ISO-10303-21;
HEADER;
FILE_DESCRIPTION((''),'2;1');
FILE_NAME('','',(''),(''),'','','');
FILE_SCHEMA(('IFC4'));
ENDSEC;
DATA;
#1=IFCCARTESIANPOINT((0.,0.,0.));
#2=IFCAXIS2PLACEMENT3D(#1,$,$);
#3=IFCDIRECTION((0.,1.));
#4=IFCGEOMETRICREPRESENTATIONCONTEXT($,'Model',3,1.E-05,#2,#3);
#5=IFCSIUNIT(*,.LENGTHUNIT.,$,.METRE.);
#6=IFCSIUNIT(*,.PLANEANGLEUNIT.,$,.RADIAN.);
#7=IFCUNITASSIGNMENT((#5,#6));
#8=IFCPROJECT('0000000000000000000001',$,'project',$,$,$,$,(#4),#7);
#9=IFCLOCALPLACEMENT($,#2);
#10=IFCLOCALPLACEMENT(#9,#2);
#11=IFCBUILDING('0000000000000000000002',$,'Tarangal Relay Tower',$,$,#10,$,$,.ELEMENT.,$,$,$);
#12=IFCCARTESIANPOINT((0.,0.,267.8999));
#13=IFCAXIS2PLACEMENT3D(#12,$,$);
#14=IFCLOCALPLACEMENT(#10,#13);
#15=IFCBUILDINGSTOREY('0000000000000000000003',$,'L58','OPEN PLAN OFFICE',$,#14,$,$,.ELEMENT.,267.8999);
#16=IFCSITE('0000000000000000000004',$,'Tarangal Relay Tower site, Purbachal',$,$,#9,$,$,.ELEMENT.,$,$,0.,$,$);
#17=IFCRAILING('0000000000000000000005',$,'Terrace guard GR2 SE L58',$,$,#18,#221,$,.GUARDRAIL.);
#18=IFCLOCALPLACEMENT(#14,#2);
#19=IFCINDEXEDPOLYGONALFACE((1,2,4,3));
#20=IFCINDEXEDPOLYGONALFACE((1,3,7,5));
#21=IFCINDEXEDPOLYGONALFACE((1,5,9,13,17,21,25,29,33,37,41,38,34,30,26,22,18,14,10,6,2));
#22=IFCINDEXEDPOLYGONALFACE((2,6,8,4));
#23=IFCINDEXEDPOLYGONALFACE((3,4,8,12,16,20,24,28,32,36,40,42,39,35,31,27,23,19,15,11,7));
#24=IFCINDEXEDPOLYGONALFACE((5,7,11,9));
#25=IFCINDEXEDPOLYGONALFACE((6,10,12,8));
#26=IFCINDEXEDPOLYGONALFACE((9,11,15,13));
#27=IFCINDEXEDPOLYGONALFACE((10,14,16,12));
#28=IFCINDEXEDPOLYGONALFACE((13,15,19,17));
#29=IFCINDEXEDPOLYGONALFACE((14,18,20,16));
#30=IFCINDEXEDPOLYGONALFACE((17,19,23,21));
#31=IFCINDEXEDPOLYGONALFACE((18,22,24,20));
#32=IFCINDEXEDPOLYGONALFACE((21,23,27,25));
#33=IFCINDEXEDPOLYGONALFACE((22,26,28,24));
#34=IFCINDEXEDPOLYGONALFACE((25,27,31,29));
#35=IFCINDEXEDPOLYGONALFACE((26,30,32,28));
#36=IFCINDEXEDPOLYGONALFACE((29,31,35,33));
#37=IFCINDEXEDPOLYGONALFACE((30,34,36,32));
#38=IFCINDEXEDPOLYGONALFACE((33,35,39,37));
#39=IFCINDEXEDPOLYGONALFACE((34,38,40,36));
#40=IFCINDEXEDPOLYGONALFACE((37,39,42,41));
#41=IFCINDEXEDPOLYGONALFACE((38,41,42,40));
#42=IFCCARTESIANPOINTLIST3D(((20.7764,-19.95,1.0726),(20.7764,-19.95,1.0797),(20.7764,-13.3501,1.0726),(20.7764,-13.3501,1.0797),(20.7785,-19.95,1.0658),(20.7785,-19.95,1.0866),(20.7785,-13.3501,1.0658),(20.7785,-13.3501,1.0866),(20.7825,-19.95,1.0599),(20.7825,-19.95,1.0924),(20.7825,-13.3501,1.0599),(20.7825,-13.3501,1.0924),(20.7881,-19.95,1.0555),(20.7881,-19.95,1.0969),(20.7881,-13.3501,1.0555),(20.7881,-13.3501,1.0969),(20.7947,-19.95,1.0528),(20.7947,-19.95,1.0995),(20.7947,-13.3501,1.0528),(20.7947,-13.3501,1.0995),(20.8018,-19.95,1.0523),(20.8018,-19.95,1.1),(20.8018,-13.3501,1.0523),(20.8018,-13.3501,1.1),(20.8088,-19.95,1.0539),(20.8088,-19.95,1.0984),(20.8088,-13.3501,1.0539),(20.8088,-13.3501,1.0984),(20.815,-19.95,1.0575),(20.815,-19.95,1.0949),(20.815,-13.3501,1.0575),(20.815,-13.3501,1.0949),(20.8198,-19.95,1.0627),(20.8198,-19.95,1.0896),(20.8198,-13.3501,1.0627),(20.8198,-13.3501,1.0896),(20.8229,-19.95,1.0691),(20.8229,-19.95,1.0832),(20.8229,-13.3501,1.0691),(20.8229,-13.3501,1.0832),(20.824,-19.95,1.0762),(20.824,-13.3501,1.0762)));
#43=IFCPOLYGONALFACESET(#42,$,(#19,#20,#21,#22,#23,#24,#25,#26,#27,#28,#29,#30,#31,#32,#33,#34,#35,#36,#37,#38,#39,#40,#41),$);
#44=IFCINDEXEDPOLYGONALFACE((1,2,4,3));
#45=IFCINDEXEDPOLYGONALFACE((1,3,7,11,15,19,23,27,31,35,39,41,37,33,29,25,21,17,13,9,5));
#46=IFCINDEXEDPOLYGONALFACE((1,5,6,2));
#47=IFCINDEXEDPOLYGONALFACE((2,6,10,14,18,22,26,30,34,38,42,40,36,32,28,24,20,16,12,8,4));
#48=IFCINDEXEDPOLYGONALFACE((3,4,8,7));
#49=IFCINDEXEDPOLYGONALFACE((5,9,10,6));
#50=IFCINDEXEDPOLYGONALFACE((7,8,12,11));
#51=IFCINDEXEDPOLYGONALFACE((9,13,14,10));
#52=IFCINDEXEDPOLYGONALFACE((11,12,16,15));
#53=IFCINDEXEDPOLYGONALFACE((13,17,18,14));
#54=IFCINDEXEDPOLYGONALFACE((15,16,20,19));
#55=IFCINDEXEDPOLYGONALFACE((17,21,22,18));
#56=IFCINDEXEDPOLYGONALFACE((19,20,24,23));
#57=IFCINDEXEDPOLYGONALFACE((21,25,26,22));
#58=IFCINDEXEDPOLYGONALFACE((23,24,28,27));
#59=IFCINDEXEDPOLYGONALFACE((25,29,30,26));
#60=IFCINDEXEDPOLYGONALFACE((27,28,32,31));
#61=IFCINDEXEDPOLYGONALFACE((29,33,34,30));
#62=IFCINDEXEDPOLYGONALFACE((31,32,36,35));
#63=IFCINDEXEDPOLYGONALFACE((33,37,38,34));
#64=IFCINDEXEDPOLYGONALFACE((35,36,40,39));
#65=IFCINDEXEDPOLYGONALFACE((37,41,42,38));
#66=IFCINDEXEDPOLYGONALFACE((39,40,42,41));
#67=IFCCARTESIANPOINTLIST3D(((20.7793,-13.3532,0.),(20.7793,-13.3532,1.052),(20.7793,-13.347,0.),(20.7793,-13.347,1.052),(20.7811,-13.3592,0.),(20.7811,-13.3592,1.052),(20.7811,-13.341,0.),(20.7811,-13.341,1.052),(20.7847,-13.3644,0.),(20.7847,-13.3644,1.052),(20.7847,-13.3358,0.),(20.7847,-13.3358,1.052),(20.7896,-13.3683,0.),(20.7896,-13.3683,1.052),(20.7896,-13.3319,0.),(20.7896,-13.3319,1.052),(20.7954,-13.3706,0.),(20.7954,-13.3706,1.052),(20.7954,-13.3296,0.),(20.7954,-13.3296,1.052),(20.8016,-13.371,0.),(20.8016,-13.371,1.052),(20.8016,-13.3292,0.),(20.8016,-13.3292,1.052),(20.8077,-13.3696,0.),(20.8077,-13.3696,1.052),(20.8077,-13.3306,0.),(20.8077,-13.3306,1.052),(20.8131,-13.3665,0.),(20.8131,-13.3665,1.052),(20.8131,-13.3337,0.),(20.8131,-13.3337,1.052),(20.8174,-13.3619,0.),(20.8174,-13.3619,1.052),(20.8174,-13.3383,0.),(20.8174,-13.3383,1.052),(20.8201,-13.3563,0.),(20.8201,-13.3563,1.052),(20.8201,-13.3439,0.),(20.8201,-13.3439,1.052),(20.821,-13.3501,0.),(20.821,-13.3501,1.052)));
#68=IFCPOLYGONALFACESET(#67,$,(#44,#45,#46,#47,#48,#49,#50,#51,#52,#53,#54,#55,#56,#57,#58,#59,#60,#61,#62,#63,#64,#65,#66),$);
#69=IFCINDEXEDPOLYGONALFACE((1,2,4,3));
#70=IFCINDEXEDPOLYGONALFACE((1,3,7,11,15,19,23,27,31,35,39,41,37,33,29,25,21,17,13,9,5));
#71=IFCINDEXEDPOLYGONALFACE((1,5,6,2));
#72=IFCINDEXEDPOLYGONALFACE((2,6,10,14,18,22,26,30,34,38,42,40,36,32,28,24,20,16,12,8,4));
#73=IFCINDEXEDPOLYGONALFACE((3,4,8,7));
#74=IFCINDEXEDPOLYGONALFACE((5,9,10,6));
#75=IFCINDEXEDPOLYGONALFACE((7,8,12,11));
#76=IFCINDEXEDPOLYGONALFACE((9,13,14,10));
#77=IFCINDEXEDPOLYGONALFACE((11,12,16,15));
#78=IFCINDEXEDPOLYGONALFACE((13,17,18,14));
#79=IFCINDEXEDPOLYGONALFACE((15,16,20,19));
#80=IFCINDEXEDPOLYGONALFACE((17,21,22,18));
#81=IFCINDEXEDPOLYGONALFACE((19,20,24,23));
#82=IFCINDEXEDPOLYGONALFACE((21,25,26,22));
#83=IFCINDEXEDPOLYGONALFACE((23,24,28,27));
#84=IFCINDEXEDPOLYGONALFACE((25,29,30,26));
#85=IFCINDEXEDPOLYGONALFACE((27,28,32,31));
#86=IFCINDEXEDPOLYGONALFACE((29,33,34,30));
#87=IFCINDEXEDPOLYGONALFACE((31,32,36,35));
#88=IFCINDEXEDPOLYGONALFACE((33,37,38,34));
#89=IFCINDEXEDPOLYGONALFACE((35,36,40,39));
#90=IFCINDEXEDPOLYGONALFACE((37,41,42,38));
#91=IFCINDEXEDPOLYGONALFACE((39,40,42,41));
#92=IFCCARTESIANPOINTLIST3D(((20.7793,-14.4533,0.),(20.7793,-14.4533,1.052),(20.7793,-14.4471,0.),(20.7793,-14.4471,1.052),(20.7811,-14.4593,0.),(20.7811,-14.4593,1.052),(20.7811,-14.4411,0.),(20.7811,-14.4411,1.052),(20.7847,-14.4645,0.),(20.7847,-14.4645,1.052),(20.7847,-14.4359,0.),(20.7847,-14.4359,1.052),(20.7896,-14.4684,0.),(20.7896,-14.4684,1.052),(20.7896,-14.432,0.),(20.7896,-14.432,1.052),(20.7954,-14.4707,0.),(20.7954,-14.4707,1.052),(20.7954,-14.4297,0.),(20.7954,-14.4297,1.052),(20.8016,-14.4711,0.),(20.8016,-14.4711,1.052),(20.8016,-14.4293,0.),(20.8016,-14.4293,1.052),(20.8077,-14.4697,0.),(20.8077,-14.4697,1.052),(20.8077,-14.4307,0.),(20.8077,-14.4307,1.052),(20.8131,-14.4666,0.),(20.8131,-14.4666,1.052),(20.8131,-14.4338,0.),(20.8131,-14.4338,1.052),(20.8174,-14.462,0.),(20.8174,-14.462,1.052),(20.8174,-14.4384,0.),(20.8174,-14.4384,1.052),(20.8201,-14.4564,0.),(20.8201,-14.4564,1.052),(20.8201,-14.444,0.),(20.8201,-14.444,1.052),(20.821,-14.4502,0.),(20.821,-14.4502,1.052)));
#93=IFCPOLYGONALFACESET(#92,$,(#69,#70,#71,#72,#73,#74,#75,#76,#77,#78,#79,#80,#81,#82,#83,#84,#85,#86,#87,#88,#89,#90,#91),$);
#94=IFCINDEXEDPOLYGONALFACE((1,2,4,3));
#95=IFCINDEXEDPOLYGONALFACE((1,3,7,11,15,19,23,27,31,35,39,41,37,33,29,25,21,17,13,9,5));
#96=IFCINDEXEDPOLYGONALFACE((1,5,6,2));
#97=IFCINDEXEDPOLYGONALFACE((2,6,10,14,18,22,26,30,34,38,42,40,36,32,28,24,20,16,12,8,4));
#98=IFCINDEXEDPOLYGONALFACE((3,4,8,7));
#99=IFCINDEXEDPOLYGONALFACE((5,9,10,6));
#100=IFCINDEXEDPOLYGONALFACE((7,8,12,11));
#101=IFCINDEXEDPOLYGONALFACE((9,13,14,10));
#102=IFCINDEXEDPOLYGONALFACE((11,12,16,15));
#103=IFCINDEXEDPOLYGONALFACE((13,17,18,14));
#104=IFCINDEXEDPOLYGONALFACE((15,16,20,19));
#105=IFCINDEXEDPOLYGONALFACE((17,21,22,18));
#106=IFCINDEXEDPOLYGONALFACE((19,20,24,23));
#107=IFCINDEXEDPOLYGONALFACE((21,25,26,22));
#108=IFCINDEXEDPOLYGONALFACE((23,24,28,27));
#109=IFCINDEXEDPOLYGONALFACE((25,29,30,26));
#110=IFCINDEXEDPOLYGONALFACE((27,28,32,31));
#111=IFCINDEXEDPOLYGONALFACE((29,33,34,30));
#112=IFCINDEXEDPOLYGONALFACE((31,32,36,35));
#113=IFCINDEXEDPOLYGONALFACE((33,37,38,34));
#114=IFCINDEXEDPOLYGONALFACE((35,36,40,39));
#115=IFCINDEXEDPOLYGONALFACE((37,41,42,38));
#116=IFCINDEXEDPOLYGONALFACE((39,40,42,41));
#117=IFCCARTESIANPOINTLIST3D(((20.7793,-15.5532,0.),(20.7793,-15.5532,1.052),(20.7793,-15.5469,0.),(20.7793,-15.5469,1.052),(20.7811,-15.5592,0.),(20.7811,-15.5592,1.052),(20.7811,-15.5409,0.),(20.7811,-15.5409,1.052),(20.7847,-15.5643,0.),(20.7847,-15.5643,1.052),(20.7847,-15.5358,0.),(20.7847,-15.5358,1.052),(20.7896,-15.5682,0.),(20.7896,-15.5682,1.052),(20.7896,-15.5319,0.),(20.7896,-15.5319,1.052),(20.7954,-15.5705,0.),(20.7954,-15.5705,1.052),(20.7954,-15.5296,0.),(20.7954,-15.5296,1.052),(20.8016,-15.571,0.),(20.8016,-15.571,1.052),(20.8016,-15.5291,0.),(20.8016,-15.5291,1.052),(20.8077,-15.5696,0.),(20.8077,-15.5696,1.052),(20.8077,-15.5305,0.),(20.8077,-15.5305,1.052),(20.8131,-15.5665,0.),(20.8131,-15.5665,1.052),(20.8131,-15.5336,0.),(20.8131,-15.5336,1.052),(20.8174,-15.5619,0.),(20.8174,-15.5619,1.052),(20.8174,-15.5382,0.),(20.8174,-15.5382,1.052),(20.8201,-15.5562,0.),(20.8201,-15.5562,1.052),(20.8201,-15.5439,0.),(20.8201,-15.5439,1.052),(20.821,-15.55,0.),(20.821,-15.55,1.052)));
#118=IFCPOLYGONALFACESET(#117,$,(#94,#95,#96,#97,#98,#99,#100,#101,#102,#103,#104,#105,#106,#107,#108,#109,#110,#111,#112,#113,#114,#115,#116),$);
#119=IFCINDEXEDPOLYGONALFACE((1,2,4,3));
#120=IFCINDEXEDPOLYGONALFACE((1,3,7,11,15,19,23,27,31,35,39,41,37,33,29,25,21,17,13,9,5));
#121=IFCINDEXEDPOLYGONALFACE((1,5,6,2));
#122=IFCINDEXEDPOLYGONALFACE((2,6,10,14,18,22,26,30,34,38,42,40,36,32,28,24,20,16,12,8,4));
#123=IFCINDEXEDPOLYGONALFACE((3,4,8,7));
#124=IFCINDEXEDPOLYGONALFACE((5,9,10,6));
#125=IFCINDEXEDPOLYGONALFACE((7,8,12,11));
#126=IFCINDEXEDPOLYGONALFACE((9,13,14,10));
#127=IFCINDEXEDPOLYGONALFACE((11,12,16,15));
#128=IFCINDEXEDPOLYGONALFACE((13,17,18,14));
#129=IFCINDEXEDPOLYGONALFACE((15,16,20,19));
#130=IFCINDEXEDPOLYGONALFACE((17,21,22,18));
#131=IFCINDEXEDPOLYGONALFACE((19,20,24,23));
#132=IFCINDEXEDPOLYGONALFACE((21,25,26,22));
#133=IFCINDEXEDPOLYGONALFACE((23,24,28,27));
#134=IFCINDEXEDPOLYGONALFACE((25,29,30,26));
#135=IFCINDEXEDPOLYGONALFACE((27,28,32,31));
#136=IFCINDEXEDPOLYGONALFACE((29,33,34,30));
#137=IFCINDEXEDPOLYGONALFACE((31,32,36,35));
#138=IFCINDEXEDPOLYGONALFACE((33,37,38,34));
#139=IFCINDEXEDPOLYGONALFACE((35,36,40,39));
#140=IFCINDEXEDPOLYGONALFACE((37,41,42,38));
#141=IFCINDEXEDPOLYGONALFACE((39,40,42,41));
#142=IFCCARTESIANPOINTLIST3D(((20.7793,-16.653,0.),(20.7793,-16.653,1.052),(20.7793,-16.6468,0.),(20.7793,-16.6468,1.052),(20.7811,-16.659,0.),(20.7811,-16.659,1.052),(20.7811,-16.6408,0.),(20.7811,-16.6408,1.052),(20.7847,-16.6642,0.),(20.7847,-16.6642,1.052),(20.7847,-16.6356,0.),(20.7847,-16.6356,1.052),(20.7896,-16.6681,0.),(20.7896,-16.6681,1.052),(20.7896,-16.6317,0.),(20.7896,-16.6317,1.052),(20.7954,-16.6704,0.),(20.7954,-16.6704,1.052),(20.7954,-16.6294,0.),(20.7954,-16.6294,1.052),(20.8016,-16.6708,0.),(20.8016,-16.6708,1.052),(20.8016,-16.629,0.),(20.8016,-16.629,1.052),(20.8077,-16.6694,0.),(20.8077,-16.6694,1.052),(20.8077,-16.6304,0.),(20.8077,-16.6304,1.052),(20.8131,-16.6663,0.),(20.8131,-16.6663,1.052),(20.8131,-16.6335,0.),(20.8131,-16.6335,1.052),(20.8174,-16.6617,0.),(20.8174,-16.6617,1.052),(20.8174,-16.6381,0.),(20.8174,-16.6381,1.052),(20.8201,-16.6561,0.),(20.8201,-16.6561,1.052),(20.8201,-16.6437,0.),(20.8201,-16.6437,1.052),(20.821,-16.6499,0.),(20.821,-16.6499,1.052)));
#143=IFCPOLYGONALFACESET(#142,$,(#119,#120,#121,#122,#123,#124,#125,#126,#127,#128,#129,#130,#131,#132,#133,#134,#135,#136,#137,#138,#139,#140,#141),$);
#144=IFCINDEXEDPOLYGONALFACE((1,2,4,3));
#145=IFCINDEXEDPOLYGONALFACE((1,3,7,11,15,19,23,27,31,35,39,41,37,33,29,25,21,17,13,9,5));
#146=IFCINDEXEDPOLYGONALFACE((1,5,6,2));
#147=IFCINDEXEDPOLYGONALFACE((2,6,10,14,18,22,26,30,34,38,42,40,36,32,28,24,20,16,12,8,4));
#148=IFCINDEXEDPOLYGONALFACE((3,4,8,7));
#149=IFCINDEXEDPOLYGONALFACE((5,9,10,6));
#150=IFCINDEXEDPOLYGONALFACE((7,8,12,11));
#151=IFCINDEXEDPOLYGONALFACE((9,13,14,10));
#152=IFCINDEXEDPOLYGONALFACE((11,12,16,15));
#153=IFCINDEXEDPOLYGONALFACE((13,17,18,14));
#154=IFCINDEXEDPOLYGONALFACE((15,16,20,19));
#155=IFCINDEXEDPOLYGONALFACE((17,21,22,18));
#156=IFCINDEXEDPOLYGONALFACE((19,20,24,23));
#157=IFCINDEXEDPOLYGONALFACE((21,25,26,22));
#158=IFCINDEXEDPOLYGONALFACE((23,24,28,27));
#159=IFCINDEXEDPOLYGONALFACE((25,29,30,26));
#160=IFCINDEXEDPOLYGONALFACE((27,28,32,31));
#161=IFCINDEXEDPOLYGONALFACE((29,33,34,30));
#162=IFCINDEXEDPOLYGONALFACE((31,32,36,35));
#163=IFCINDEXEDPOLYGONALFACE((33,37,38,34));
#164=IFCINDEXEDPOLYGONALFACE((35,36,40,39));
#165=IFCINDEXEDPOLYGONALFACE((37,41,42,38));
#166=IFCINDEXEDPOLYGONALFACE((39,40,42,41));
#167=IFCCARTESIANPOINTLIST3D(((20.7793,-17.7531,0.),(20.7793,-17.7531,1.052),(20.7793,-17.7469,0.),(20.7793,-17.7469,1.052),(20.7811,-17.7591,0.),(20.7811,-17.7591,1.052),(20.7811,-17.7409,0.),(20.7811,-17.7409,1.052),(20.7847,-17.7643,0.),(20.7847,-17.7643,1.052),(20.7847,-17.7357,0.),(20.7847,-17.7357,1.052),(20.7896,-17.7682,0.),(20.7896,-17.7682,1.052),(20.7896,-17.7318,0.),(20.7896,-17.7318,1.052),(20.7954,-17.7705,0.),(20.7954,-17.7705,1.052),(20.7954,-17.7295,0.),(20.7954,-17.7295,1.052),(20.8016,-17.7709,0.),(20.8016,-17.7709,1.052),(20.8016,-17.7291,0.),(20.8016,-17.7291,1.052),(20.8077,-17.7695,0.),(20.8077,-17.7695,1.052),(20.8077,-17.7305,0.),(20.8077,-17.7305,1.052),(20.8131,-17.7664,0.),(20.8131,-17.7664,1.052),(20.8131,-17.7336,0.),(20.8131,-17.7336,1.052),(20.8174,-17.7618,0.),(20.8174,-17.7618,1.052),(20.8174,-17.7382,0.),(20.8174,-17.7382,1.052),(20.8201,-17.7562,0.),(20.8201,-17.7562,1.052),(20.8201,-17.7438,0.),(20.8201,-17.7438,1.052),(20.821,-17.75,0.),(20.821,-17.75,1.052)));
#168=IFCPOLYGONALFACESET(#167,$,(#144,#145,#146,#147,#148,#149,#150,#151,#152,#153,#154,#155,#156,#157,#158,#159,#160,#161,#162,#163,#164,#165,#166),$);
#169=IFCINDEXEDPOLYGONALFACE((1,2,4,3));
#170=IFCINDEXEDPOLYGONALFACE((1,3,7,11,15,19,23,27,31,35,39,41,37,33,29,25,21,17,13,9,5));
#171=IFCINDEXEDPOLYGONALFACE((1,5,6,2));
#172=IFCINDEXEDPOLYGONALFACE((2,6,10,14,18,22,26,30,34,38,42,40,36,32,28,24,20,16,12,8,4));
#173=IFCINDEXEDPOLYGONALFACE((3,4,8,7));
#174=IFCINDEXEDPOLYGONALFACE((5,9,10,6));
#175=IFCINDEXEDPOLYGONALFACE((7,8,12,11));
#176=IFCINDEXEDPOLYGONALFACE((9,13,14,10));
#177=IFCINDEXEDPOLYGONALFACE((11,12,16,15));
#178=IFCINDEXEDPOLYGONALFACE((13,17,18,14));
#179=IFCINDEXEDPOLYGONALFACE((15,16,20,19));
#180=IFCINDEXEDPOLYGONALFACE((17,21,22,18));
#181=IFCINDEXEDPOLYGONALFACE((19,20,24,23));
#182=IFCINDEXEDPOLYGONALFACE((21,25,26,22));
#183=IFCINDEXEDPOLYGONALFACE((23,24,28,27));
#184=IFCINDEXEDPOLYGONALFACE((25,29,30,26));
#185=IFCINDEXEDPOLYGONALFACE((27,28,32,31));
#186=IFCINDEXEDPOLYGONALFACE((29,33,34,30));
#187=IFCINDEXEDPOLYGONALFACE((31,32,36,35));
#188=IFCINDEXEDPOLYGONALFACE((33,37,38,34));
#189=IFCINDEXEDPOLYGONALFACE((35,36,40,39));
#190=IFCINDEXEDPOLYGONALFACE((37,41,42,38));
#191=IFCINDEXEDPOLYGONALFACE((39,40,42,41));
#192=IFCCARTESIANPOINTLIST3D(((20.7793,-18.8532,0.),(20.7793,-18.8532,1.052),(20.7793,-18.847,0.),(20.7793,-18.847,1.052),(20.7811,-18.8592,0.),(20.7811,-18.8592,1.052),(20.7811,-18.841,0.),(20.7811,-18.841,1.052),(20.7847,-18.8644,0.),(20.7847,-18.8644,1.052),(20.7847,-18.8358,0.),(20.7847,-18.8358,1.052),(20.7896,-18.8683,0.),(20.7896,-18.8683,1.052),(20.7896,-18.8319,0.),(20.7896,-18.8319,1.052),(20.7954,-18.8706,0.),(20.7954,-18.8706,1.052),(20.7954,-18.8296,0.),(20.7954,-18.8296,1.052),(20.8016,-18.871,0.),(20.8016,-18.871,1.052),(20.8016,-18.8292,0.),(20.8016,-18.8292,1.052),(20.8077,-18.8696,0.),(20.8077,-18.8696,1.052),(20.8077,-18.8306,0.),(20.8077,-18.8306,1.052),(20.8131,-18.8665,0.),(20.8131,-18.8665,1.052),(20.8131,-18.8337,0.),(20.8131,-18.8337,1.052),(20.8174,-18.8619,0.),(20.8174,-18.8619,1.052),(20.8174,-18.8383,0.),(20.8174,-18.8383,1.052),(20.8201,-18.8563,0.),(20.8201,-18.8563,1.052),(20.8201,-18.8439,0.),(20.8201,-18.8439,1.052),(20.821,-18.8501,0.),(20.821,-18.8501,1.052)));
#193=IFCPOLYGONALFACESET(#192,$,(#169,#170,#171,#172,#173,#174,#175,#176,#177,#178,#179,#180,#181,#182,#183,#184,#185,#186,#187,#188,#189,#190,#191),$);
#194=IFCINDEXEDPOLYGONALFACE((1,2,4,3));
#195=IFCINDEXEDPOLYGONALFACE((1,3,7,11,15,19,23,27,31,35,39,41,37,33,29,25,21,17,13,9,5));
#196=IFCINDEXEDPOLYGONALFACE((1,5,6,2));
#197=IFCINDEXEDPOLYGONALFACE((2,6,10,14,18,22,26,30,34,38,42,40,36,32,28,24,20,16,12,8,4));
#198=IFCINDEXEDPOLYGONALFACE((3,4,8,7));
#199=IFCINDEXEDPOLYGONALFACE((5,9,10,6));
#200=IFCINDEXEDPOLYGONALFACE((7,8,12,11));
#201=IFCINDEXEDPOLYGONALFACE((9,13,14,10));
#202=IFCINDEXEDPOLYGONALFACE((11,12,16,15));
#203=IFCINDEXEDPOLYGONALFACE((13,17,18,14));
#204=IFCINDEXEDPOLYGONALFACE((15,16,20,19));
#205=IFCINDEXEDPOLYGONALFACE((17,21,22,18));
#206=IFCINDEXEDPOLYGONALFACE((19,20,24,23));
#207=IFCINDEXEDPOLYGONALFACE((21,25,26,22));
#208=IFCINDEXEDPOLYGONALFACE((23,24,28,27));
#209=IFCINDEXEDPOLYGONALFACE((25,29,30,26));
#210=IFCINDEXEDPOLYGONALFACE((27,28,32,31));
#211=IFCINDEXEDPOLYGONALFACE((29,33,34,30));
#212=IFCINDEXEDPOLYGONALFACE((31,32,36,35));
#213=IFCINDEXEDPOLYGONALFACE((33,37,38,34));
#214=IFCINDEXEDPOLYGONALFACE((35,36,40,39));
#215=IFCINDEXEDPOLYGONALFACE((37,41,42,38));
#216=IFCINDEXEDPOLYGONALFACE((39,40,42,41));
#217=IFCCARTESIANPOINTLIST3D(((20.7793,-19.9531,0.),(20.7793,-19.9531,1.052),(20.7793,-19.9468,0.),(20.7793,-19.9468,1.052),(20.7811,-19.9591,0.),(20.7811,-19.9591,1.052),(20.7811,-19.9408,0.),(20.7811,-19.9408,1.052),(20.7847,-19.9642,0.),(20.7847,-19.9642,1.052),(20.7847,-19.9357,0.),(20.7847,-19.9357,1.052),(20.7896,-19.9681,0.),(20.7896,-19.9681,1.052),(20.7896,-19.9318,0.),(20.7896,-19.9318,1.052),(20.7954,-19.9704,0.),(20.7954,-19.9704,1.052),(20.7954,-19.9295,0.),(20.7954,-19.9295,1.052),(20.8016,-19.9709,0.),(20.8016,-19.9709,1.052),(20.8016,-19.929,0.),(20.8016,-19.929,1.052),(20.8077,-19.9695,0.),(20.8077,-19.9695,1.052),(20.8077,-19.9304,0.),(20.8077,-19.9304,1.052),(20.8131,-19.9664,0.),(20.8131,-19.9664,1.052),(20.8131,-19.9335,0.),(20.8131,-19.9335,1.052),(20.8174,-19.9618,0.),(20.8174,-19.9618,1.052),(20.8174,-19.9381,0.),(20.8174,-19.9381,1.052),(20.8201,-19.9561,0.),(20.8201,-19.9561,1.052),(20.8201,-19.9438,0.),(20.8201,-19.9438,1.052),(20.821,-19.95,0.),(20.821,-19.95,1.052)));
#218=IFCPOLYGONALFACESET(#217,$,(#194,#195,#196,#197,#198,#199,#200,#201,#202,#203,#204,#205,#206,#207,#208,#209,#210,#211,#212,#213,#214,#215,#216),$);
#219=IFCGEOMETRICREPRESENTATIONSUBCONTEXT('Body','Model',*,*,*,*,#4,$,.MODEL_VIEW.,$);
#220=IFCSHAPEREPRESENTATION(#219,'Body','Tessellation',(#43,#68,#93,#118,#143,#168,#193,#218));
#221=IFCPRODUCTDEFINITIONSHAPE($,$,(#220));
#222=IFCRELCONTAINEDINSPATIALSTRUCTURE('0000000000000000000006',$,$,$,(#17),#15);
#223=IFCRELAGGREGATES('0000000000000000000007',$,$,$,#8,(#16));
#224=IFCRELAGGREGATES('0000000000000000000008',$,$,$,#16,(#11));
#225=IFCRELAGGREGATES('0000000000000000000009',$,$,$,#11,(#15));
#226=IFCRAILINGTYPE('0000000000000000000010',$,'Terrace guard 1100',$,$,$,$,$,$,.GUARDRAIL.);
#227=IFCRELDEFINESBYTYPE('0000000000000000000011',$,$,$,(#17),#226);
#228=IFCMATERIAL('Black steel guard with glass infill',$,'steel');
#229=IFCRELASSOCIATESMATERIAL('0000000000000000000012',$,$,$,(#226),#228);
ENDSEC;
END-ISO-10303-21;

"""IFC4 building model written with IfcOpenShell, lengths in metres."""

from ifc_helpers import new_model, si_unit, direction, frame, origin, origin_2d, place, context, subcontext, project, spatial, circle, extrude, material, type_object, element, save


model = new_model("IFC4")

# Units and contexts
model_context = context("Model", 3, precision=1e-05, world=origin(), true_north=direction((0.0, 1.0)))
body_context = subcontext(model_context, "Body", "Model", "MODEL_VIEW")
ifc_project = project(units=[si_unit("LENGTHUNIT", "METRE"), si_unit("PLANEANGLEUNIT", "RADIAN")], contexts=[model_context])

# Site, building, storey
site_placement = place(None, origin())
site = spatial("IfcSite", under=ifc_project, at=site_placement, Name="Tarangal Relay Tower site, Purbachal", CompositionType="ELEMENT", RefElevation=0.0)
building_placement = place(site_placement, origin())
building = spatial("IfcBuilding", under=site, at=building_placement, Name="Tarangal Relay Tower", CompositionType="ELEMENT")
storey_placement = place(building_placement, frame((0.0, 0.0, 267.8999)))
storey = spatial("IfcBuildingStorey", under=building, at=storey_placement, Name="L58", Description="OPEN PLAN OFFICE", CompositionType="ELEMENT", Elevation=267.8999)

# Railing
ifc_material_1 = material(Name="Black steel guard with glass infill", Category="steel")
railing_type = type_object("IfcRailingType", Name="Terrace guard 1100", PredefinedType="GUARDRAIL", material=ifc_material_1)
railing_1_placement = place(storey_placement, frame((20.8, -13.3501, 0.0)))
element("IfcRailing", 1, at=railing_1_placement, inside=storey, type_object=railing_type, Name="Terrace guard GR2 SE L58", PredefinedType="GUARDRAIL", context=body_context, shape_type="SweptSolid", body=[
    extrude(circle(Radius=0.0239, at=origin_2d()), frame((0.0, 0.0, 1.0762), z_axis=(0.0, -1.0, 0.0), x_axis=(1.0, 0.0, 0.0)), (0.0, 0.0, 1.0), 6.5999),
    extrude(circle(Radius=0.021, at=origin_2d()), origin(), (0.0, 0.0, 1.0), 1.052),
    extrude(circle(Radius=0.021, at=origin_2d()), frame((0.0, -1.1001, 0.0)), (0.0, 0.0, 1.0), 1.052),
    extrude(circle(Radius=0.021, at=origin_2d()), frame((0.0, -2.2, 0.0)), (0.0, 0.0, 1.0), 1.052),
    extrude(circle(Radius=0.021, at=origin_2d()), frame((0.0, -3.2998, 0.0)), (0.0, 0.0, 1.0), 1.052),
    extrude(circle(Radius=0.021, at=origin_2d()), frame((0.0, -4.3999, 0.0)), (0.0, 0.0, 1.0), 1.052),
    extrude(circle(Radius=0.021, at=origin_2d()), frame((0.0, -5.5, 0.0)), (0.0, 0.0, 1.0), 1.052),
    extrude(circle(Radius=0.021, at=origin_2d()), frame((0.0, -6.5999, 0.0)), (0.0, 0.0, 1.0), 1.052),
])

save(model, "model.ifc")
